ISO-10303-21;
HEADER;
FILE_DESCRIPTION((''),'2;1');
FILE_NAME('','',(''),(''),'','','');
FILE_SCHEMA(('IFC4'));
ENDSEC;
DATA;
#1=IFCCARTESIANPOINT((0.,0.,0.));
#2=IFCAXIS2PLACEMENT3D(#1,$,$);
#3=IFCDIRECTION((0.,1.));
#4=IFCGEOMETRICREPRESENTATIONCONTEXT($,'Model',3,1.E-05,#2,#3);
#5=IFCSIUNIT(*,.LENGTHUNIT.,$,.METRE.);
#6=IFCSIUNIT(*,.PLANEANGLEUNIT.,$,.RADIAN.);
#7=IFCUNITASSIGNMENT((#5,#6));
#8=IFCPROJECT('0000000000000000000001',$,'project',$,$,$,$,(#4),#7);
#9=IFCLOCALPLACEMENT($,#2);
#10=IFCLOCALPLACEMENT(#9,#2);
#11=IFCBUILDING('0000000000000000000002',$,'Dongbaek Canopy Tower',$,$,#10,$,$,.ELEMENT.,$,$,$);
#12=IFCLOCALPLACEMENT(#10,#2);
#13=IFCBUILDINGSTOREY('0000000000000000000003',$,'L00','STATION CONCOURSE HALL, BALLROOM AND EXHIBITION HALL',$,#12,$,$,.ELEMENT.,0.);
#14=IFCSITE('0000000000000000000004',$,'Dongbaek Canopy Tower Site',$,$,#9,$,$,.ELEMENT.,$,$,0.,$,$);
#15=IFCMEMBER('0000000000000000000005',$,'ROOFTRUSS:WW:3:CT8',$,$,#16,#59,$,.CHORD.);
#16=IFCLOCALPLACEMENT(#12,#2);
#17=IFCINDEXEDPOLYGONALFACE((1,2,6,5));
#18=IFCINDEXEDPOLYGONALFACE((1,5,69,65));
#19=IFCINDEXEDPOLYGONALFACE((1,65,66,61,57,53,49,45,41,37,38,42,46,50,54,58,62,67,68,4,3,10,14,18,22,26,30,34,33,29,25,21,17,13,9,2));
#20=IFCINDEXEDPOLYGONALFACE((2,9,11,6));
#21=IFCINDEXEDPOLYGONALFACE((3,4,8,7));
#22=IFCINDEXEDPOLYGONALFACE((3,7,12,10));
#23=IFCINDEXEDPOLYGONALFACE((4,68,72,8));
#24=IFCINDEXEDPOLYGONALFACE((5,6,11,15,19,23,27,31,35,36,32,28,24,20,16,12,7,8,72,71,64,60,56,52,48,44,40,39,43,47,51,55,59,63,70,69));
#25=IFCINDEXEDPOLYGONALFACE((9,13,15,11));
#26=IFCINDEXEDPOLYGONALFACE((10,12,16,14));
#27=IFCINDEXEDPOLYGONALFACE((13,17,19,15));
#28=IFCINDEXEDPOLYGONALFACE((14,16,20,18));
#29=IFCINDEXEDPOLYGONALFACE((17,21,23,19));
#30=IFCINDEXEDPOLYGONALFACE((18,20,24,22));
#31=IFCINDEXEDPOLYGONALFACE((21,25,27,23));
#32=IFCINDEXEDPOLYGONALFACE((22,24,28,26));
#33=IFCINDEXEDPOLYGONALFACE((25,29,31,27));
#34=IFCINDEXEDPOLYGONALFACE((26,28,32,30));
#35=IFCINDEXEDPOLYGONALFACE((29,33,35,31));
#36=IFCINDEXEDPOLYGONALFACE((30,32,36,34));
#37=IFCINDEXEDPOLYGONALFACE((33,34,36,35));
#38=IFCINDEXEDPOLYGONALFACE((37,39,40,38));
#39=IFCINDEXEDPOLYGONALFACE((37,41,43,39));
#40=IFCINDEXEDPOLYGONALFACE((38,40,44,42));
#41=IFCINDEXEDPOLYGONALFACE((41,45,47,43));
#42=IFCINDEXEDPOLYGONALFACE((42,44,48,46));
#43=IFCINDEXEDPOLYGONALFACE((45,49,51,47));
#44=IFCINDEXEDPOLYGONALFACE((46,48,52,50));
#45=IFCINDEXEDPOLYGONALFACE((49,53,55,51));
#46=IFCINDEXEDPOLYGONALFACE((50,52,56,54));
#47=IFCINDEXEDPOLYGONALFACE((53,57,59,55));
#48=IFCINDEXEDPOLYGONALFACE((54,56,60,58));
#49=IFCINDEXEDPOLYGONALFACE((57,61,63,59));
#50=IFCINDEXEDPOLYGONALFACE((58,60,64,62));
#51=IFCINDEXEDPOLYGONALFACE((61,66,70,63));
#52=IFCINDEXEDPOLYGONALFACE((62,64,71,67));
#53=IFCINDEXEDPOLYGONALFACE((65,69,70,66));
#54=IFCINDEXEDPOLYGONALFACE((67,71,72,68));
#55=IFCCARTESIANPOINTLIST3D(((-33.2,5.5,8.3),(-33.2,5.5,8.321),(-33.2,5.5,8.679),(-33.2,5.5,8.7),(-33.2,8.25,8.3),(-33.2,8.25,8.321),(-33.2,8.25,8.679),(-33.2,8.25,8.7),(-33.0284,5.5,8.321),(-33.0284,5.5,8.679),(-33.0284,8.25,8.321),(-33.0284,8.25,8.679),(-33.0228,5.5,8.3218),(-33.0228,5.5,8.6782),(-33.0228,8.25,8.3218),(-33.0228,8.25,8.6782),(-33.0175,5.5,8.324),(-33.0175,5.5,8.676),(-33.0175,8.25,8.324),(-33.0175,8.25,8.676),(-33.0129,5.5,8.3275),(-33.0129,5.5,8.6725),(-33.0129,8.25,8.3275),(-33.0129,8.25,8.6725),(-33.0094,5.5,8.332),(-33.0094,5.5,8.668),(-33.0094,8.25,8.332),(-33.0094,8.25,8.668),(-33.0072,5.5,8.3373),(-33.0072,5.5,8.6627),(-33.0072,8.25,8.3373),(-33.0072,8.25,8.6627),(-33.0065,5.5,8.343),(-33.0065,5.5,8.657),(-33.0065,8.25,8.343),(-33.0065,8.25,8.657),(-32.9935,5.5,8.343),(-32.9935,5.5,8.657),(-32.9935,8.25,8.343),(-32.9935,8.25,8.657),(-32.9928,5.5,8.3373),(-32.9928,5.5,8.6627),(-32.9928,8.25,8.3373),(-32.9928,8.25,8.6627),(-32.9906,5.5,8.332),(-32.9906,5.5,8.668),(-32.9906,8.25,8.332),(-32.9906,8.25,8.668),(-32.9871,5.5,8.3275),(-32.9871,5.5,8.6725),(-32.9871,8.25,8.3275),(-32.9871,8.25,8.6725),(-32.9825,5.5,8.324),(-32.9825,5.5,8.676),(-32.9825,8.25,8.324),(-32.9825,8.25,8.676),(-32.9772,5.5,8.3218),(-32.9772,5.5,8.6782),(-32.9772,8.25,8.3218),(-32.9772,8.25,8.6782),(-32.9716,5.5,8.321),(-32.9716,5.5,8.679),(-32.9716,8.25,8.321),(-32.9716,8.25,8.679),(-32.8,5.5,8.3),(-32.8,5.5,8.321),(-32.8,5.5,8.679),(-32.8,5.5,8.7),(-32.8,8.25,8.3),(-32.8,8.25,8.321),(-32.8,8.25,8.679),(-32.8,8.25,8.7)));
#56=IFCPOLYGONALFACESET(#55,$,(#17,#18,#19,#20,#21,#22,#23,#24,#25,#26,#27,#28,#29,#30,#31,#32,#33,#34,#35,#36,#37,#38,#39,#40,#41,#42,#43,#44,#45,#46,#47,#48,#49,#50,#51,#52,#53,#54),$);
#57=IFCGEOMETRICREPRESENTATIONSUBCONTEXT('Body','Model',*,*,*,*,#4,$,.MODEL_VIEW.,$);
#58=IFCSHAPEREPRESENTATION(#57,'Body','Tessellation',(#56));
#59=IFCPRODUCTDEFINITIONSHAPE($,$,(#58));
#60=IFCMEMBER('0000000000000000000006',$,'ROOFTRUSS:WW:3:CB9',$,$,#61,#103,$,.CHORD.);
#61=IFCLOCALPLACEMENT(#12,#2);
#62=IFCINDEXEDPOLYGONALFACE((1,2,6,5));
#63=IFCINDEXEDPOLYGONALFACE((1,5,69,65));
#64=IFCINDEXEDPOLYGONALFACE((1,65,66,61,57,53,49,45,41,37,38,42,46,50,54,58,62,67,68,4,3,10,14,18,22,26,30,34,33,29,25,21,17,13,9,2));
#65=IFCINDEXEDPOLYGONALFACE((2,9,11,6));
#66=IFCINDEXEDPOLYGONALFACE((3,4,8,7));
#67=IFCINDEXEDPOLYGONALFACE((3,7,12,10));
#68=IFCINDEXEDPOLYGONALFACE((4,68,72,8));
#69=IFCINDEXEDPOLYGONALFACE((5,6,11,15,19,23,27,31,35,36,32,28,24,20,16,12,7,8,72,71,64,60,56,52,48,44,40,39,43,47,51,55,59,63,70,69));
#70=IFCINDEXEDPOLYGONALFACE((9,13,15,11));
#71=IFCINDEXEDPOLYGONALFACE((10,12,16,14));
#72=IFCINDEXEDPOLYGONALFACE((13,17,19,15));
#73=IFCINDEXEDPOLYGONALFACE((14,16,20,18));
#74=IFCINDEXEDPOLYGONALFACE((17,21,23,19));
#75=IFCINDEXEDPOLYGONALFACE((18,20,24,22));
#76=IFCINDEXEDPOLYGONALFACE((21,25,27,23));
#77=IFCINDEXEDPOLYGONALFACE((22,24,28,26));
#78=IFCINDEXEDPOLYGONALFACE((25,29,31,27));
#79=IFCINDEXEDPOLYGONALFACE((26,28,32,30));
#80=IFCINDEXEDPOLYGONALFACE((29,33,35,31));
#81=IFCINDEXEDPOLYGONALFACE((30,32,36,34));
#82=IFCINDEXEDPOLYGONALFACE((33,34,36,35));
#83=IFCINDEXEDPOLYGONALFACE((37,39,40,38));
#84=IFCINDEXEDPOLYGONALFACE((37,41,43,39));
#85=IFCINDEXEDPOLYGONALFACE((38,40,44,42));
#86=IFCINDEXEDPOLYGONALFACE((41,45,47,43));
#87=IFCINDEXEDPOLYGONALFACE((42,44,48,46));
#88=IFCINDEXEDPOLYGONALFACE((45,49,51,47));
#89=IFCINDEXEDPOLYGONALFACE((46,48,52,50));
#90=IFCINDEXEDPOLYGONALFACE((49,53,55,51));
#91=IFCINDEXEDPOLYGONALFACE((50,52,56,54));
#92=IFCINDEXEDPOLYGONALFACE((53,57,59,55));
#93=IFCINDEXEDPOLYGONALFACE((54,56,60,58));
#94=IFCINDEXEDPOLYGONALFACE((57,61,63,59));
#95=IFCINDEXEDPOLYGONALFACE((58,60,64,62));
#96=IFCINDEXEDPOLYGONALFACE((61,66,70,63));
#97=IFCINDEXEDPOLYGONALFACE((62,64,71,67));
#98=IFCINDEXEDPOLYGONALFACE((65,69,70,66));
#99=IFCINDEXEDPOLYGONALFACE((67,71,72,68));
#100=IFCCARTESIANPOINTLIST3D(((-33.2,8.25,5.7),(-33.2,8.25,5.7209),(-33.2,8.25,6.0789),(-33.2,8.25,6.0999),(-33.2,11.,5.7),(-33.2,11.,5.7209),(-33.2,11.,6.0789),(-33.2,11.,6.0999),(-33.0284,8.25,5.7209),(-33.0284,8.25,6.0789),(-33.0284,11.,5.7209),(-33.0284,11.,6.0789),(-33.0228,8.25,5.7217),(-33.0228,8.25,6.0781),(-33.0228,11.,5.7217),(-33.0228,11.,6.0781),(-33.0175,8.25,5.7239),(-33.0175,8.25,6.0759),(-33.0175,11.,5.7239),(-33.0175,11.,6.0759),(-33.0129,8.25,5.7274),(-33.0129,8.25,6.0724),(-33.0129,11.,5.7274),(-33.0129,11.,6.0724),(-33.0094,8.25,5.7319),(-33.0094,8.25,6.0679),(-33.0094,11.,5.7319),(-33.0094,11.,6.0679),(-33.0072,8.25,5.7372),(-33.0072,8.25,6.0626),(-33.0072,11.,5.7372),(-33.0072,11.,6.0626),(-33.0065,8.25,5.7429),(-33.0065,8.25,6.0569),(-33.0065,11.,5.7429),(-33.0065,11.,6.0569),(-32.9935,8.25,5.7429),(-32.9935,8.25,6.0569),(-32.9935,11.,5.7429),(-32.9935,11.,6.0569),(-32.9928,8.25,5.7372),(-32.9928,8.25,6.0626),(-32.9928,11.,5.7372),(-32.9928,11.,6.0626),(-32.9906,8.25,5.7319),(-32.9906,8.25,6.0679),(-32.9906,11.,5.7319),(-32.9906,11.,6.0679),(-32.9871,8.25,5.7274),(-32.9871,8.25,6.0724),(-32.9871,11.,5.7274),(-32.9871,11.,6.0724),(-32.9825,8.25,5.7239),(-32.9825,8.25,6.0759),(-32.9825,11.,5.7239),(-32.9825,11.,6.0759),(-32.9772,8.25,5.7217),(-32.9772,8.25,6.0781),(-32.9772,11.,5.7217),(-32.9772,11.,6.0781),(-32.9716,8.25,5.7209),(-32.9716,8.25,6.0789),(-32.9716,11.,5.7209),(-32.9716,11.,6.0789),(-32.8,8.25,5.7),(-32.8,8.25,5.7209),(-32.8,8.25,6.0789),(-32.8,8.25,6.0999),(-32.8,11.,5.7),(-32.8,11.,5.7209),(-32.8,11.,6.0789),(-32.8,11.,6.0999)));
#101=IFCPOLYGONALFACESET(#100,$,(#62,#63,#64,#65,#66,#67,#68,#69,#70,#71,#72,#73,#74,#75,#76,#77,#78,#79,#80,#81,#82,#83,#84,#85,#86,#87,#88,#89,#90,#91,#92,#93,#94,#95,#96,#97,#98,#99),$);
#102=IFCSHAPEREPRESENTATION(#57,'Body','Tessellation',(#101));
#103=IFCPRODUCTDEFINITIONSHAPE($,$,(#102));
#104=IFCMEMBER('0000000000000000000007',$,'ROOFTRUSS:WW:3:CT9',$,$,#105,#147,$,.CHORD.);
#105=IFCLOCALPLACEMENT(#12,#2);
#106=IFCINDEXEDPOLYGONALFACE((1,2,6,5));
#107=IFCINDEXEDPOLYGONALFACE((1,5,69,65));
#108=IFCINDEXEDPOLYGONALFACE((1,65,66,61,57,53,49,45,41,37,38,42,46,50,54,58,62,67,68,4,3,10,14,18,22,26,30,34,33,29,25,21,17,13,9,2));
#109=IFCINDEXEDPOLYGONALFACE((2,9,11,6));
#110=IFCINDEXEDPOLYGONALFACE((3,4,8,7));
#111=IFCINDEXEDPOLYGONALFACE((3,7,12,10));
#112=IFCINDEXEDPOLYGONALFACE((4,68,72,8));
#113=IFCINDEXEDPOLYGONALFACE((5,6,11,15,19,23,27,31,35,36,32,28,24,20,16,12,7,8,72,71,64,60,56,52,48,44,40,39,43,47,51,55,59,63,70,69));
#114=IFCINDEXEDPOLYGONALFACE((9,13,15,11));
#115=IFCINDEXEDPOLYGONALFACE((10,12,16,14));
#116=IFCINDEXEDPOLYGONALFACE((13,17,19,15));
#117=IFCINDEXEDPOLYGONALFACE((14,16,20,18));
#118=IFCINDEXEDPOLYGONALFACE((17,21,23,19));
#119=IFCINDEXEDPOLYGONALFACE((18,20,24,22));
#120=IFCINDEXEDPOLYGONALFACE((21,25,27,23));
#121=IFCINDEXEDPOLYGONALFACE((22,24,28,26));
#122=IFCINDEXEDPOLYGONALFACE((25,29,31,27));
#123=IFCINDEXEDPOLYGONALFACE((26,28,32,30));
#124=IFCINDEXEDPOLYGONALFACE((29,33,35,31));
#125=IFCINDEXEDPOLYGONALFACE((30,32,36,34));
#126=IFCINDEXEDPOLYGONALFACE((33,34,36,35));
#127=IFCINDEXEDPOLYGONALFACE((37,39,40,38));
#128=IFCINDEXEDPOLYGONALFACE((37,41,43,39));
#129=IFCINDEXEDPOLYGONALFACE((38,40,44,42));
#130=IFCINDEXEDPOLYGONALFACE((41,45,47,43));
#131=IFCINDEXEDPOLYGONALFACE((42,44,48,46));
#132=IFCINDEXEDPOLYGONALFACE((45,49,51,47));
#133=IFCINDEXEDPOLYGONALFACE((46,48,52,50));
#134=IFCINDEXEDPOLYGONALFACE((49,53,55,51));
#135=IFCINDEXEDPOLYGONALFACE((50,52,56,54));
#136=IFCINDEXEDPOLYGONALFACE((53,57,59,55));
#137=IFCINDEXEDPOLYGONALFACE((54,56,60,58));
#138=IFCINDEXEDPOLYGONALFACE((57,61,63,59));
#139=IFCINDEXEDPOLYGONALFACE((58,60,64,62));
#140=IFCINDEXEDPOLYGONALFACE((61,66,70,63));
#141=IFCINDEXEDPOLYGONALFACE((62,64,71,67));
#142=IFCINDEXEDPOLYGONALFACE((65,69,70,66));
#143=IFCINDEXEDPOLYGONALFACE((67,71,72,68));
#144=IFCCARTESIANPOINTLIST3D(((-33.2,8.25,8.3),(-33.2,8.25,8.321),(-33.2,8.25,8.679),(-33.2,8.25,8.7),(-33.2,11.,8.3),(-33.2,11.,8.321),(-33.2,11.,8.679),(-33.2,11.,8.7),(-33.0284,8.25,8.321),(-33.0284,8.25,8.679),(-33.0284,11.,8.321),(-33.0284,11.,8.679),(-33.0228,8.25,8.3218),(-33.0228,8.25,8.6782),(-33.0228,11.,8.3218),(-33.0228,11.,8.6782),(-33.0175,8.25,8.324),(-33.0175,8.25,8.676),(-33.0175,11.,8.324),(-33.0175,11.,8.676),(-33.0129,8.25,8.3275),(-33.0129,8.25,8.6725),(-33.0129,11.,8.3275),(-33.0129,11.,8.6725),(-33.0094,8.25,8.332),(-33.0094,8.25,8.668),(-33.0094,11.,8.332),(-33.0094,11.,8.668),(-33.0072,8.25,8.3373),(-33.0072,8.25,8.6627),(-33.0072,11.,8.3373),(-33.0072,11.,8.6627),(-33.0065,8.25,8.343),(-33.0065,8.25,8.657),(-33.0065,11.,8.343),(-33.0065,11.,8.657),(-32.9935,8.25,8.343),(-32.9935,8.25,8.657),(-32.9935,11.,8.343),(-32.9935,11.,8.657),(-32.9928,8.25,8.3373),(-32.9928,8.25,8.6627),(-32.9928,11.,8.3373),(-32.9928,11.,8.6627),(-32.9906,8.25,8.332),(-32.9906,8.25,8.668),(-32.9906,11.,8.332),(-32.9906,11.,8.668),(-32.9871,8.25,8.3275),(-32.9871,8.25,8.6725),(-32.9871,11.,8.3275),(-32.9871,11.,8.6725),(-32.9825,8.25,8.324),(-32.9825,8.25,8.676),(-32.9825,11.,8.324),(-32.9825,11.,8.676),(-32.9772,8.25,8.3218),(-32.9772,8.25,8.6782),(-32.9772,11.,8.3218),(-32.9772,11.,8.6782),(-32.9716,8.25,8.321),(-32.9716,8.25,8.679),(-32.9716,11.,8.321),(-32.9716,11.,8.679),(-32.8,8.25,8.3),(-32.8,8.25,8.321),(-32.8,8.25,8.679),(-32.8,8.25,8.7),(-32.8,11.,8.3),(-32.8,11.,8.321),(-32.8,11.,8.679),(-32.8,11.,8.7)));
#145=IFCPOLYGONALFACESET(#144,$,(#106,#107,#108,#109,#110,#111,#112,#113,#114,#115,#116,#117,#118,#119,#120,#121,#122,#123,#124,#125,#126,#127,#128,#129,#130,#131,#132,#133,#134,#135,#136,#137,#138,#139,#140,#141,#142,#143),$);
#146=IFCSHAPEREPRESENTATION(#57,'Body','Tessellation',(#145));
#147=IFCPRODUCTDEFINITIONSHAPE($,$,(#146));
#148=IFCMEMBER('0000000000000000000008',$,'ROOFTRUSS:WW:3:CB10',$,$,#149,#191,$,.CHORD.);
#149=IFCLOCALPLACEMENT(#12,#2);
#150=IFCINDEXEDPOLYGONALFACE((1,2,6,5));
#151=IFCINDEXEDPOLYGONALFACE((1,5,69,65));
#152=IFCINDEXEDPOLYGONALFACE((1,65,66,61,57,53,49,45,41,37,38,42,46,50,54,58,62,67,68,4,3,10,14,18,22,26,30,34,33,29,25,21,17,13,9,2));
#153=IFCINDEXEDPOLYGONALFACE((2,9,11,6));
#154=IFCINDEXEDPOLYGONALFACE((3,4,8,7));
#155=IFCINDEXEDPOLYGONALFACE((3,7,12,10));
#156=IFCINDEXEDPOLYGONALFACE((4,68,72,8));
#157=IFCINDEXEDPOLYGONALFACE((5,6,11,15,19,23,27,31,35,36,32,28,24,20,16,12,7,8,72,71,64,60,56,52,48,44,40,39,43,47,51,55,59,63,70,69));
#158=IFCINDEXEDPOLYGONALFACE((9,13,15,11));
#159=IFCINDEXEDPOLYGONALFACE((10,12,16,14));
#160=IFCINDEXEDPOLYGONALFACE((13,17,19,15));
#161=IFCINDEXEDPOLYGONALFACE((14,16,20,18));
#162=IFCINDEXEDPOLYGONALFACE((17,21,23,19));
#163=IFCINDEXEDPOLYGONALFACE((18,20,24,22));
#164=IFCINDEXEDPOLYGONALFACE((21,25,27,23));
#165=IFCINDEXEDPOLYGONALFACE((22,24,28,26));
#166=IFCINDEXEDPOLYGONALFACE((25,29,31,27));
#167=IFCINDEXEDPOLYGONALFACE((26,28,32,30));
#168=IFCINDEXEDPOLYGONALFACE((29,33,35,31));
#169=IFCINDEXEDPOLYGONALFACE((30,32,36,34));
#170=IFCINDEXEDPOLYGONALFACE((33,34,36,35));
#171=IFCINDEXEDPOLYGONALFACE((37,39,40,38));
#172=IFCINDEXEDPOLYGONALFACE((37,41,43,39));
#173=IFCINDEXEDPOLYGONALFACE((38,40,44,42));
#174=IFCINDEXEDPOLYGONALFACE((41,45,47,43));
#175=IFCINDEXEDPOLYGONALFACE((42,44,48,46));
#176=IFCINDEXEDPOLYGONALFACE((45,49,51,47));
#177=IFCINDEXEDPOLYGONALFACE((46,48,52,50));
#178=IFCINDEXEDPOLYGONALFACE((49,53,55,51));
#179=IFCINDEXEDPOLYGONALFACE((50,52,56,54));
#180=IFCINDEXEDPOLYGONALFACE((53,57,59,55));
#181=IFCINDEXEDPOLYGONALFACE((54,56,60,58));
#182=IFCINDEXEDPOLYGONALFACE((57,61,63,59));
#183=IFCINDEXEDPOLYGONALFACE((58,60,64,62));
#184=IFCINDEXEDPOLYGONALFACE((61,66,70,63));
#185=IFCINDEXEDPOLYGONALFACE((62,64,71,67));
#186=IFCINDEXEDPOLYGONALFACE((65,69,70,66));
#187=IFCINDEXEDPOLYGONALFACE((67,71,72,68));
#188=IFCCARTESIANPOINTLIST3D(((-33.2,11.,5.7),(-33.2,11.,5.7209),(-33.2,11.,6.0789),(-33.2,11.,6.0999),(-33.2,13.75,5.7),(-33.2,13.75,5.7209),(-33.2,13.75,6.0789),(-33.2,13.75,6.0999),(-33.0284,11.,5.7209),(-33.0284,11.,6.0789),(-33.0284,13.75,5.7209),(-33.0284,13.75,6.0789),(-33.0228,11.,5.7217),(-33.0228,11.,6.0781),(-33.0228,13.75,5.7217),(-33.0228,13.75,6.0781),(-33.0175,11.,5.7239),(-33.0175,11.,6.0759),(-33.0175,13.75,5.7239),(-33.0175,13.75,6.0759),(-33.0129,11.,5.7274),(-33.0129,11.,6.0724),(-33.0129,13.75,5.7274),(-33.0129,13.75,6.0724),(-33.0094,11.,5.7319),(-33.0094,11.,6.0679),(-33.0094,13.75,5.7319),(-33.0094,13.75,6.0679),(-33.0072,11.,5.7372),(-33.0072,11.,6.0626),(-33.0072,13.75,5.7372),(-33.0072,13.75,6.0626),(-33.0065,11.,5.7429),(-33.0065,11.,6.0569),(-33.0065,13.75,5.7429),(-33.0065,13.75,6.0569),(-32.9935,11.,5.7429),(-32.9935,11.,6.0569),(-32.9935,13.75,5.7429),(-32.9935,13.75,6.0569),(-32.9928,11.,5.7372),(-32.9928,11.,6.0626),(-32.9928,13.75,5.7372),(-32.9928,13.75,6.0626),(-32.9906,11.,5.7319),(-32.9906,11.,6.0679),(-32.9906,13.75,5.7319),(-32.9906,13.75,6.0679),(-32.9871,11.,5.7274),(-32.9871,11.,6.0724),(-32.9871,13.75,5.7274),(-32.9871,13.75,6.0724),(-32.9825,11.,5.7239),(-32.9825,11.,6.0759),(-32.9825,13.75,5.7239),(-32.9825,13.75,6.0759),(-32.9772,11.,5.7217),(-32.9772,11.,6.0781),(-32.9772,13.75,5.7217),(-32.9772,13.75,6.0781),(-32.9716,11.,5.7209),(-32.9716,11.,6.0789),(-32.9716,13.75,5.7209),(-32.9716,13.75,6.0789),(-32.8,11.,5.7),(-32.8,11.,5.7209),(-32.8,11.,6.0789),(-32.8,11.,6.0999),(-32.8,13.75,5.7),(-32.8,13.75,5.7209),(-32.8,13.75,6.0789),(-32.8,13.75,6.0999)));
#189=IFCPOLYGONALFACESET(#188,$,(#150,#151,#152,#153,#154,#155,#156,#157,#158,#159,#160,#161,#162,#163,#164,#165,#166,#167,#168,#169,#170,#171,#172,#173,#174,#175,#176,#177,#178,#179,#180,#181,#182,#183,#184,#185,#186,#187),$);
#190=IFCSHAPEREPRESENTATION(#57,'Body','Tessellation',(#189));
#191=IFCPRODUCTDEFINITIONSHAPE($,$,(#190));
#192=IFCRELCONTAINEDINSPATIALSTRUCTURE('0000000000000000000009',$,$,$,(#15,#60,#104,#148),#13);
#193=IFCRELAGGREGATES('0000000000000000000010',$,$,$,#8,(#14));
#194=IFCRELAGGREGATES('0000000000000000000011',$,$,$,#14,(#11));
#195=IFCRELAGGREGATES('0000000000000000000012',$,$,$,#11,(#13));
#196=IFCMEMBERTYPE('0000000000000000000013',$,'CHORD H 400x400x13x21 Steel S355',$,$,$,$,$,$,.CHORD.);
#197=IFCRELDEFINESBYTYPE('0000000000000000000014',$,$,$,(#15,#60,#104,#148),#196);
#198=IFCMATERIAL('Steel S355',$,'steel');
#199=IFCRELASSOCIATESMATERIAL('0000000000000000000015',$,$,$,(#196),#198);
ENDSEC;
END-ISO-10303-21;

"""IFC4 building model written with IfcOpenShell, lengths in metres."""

from ifc_helpers import new_model, si_unit, direction, frame, origin, origin_2d, place, context, subcontext, project, spatial, i_section, extrude, material, material_profile, profile_set, type_object, element, save


model = new_model("IFC4")

# Units and contexts
model_context = context("Model", 3, precision=1e-05, world=origin(), true_north=direction((0.0, 1.0)))
body_context = subcontext(model_context, "Body", "Model", "MODEL_VIEW")
ifc_project = project(units=[si_unit("LENGTHUNIT", "METRE"), si_unit("PLANEANGLEUNIT", "RADIAN")], contexts=[model_context])

# Site, building, storey
site_placement = place(None, origin())
site = spatial("IfcSite", under=ifc_project, at=site_placement, Name="Dongbaek Canopy Tower Site", CompositionType="ELEMENT", RefElevation=0.0)
building_placement = place(site_placement, origin())
building = spatial("IfcBuilding", under=site, at=building_placement, Name="Dongbaek Canopy Tower", CompositionType="ELEMENT")
storey_placement = place(building_placement, origin())
storey = spatial("IfcBuildingStorey", under=building, at=storey_placement, Name="L00", Description="STATION CONCOURSE HALL, BALLROOM AND EXHIBITION HALL", CompositionType="ELEMENT", Elevation=0.0)

# Members
ifc_material_1 = material(Name="Steel S355", Category="steel")
ifc_material_profile_1 = material_profile(ifc_material_1, i_section(OverallWidth=0.3999, OverallDepth=0.3999, WebThickness=0.0129, FlangeThickness=0.021, FilletRadius=0.022, at=origin_2d()), Name="CHORD H 400x400x13x21 Steel S355")
ifc_profile_set_1 = profile_set([ifc_material_profile_1], Name="Steel S355")
member_type_1 = type_object("IfcMemberType", Name="CHORD H 400x400x13x21 Steel S355", PredefinedType="CHORD", material=ifc_profile_set_1)
for number, where, z_axis, x_axis, name in (
    (1, (-33.0, 5.5, 8.5), (0.0, 1.0, 0.0), (-1.0, 0.0, 0.0), "ROOFTRUSS:WW:3:CT8"),
    (2, (-33.0, 8.25, 5.8999), (0.0, 1.0, 0.0), (-1.0, 0.0, 0.0), "ROOFTRUSS:WW:3:CB9"),
    (3, (-33.0, 8.25, 8.5), (0.0, 1.0, 0.0), (-1.0, 0.0, 0.0), "ROOFTRUSS:WW:3:CT9"),
    (4, (-33.0, 11.0, 5.8999), (0.0, 1.0, 0.0), (-1.0, 0.0, 0.0), "ROOFTRUSS:WW:3:CB10"),
):
    element("IfcMember", number, at=place(storey_placement, frame(where, z_axis=z_axis, x_axis=x_axis)), inside=storey, type_object=member_type_1, Name=name, PredefinedType="CHORD", context=body_context, shape_type="SweptSolid", body=[
        extrude(i_section(OverallWidth=0.3999, OverallDepth=0.3999, WebThickness=0.0129, FlangeThickness=0.021, FilletRadius=0.022, at=origin_2d()), origin(), (0.0, 0.0, 1.0), 2.75),
    ])

save(model, "model.ifc")
